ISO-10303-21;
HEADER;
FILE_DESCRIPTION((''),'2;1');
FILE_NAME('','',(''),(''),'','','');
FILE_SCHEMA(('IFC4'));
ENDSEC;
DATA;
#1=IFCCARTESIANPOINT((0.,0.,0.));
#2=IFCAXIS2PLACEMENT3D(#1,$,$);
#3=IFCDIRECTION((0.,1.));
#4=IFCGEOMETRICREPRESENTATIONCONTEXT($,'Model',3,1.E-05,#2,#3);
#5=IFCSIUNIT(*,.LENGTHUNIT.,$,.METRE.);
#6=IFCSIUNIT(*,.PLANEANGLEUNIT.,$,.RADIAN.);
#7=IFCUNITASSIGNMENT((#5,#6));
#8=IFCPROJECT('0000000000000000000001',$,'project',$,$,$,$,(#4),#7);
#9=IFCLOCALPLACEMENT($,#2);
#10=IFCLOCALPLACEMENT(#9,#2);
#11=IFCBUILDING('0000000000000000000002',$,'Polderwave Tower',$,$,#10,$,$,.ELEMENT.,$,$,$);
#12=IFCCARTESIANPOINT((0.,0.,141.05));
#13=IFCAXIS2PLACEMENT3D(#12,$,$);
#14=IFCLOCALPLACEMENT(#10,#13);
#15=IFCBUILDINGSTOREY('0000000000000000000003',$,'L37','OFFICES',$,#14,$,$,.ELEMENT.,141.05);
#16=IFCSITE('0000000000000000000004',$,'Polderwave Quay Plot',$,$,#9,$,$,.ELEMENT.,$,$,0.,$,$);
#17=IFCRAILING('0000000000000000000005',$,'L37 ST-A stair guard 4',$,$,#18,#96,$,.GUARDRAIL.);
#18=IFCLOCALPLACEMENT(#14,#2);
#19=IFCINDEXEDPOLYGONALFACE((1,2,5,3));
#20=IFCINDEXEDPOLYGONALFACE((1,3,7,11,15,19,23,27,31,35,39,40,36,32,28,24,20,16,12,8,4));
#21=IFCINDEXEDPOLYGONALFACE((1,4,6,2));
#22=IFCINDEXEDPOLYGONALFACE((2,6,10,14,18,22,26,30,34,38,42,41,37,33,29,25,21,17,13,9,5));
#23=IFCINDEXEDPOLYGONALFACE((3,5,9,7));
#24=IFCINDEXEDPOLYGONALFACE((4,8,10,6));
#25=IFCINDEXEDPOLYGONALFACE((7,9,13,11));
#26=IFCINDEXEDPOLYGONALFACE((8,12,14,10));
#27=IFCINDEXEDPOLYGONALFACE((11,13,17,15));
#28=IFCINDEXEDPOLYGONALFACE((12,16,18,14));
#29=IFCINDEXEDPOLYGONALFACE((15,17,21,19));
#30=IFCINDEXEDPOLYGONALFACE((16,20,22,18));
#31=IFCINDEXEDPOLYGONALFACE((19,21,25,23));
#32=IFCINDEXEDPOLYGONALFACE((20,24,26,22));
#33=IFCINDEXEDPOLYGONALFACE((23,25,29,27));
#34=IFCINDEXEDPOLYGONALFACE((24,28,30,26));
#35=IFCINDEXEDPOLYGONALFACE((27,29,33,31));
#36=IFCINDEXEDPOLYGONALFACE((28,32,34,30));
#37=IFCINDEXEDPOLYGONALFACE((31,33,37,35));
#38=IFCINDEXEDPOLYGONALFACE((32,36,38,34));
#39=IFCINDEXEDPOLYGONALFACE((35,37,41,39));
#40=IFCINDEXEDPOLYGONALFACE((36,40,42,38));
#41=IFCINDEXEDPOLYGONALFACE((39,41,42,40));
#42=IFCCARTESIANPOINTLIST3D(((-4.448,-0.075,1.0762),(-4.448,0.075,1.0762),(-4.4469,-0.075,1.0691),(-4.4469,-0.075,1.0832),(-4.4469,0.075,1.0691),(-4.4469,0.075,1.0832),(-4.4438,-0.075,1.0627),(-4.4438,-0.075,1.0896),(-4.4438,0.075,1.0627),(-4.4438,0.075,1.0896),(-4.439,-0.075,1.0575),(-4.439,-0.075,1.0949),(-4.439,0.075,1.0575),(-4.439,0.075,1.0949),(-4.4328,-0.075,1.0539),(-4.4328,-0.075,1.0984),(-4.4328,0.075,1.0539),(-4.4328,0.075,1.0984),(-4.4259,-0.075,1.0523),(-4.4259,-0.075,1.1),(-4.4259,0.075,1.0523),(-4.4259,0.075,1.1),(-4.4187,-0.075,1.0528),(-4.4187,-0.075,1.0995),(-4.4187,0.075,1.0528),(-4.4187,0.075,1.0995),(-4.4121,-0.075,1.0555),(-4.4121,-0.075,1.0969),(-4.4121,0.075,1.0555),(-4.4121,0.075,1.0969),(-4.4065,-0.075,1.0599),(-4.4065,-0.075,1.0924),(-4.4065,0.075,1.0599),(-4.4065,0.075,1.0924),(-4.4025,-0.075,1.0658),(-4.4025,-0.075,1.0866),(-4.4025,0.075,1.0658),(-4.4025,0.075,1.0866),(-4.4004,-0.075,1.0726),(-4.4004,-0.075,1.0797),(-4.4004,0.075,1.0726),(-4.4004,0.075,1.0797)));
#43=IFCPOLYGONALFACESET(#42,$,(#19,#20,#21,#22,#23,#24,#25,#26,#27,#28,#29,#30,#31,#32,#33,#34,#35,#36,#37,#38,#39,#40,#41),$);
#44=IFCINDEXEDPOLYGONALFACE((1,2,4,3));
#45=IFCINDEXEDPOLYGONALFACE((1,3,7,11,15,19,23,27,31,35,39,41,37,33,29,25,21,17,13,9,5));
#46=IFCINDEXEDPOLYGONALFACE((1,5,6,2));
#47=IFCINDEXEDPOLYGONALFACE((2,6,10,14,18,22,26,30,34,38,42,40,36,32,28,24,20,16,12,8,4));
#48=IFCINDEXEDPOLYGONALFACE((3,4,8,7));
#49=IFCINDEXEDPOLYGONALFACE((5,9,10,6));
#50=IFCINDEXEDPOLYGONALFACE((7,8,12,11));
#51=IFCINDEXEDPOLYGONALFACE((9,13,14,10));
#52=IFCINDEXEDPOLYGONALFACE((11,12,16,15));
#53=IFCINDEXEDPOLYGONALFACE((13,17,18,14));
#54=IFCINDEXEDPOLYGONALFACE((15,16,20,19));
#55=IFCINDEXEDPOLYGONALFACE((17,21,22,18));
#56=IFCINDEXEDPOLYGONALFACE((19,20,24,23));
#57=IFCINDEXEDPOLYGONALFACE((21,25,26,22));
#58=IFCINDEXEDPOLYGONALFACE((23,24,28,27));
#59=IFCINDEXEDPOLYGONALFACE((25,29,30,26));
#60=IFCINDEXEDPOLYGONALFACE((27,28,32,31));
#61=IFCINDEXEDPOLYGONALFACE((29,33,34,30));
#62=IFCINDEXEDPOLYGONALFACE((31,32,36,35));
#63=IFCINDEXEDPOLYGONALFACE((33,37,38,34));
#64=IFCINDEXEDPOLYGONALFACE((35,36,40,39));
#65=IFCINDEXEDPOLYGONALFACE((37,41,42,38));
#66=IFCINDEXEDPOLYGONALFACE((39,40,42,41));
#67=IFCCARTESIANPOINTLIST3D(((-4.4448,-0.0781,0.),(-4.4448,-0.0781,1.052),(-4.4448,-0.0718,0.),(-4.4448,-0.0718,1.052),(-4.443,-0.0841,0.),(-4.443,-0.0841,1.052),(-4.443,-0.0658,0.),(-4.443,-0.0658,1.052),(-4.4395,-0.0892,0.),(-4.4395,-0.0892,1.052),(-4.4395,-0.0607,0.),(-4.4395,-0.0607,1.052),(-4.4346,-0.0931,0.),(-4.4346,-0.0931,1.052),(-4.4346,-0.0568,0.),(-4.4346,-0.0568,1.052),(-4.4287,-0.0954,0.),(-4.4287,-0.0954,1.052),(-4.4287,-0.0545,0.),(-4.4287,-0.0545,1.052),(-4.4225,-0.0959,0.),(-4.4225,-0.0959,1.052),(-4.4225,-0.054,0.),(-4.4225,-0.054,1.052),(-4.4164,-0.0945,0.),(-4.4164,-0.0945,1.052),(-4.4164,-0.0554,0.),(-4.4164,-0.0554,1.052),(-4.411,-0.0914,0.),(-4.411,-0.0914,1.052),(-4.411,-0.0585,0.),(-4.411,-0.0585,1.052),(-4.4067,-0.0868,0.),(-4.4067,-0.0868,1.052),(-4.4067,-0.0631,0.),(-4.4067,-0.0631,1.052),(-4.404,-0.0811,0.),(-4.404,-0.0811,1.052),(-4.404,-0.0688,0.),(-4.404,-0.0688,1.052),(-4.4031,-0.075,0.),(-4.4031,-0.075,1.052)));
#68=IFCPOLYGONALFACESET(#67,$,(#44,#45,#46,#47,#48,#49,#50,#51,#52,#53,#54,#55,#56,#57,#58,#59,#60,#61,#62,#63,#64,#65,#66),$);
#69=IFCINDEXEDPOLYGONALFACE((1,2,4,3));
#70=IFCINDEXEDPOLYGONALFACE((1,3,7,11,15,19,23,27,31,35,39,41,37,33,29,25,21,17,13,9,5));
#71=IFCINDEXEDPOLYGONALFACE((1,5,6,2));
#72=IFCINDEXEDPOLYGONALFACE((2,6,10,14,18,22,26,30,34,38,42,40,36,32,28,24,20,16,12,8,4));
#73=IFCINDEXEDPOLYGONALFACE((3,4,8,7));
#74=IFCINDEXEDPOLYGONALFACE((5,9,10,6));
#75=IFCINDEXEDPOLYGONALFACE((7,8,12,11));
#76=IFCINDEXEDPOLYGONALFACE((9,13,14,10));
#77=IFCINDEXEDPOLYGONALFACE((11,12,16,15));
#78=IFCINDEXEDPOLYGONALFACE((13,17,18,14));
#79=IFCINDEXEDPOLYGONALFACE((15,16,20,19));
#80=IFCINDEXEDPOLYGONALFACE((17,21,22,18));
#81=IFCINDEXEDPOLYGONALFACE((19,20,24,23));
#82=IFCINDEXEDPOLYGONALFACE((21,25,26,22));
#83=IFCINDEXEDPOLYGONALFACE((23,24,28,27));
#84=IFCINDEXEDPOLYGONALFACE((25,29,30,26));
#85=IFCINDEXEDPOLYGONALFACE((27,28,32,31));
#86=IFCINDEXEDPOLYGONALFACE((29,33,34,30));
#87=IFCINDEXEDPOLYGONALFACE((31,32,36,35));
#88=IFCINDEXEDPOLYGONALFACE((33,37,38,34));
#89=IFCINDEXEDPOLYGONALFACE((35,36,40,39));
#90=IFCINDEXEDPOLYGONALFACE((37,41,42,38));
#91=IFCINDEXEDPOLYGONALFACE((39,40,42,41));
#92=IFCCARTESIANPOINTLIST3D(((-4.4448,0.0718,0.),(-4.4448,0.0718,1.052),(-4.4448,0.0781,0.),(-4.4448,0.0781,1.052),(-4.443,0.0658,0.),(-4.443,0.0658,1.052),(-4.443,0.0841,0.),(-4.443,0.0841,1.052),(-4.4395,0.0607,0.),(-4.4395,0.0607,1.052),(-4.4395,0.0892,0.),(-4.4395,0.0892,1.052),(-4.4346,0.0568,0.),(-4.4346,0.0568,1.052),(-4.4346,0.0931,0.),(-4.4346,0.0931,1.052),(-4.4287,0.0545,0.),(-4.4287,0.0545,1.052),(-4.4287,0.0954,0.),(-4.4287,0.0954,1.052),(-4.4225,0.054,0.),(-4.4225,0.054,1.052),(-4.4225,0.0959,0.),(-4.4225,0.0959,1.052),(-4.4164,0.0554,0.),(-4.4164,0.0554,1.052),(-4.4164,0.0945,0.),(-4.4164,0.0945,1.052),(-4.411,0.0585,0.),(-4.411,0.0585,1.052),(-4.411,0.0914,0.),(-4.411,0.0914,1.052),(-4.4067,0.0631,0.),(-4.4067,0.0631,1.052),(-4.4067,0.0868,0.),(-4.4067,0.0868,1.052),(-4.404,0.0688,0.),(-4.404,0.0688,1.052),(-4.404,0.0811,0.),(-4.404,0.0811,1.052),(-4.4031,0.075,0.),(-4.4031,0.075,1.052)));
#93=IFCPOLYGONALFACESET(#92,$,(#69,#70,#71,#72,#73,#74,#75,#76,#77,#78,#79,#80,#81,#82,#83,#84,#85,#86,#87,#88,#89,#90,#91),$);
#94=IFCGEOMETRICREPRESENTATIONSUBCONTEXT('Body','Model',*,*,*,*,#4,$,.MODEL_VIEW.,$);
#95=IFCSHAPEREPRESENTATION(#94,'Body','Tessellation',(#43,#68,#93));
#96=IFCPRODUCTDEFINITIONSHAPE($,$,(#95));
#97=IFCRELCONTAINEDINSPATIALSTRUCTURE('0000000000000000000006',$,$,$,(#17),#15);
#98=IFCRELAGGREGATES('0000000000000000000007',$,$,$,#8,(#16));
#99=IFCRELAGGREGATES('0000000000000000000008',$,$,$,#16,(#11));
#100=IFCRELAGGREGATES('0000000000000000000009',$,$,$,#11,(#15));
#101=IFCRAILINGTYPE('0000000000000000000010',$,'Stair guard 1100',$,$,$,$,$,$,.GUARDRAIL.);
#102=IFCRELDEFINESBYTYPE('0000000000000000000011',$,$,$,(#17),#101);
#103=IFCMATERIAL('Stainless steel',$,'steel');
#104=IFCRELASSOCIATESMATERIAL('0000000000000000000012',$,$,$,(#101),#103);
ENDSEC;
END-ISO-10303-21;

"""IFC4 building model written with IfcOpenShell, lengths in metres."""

from ifc_helpers import new_model, si_unit, direction, frame, origin, origin_2d, place, context, subcontext, project, spatial, circle, extrude, material, type_object, element, save


model = new_model("IFC4")

# Units and contexts
model_context = context("Model", 3, precision=1e-05, world=origin(), true_north=direction((0.0, 1.0)))
body_context = subcontext(model_context, "Body", "Model", "MODEL_VIEW")
ifc_project = project(units=[si_unit("LENGTHUNIT", "METRE"), si_unit("PLANEANGLEUNIT", "RADIAN")], contexts=[model_context])

# Site, building, storey
site_placement = place(None, origin())
site = spatial("IfcSite", under=ifc_project, at=site_placement, Name="Polderwave Quay Plot", CompositionType="ELEMENT", RefElevation=0.0)
building_placement = place(site_placement, origin())
building = spatial("IfcBuilding", under=site, at=building_placement, Name="Polderwave Tower", CompositionType="ELEMENT")
storey_placement = place(building_placement, frame((0.0, 0.0, 141.05)))
storey = spatial("IfcBuildingStorey", under=building, at=storey_placement, Name="L37", Description="OFFICES", CompositionType="ELEMENT", Elevation=141.05)

# Shared definitions
ifc_material_1 = material(Name="Stainless steel", Category="steel")

# Railing
railing_type = type_object("IfcRailingType", Name="Stair guard 1100", PredefinedType="GUARDRAIL", material=ifc_material_1)
railing_placement = place(storey_placement, frame((-4.4241, -0.075, 0.0)))
element("IfcRailing", 1, at=railing_placement, inside=storey, type_object=railing_type, Name="L37 ST-A stair guard 4", PredefinedType="GUARDRAIL", context=body_context, shape_type="SweptSolid", body=[
    extrude(circle(Radius=0.0239, at=origin_2d()), frame((0.0, 0.0, 1.0762), z_axis=(0.0, 1.0, 0.0), x_axis=(-1.0, 0.0, 0.0)), (0.0, 0.0, 1.0), 0.1499),
    extrude(circle(Radius=0.021, at=origin_2d()), origin(), (0.0, 0.0, 1.0), 1.052),
    extrude(circle(Radius=0.021, at=origin_2d()), frame((0.0, 0.1499, 0.0)), (0.0, 0.0, 1.0), 1.052),
])

save(model, "model.ifc")
